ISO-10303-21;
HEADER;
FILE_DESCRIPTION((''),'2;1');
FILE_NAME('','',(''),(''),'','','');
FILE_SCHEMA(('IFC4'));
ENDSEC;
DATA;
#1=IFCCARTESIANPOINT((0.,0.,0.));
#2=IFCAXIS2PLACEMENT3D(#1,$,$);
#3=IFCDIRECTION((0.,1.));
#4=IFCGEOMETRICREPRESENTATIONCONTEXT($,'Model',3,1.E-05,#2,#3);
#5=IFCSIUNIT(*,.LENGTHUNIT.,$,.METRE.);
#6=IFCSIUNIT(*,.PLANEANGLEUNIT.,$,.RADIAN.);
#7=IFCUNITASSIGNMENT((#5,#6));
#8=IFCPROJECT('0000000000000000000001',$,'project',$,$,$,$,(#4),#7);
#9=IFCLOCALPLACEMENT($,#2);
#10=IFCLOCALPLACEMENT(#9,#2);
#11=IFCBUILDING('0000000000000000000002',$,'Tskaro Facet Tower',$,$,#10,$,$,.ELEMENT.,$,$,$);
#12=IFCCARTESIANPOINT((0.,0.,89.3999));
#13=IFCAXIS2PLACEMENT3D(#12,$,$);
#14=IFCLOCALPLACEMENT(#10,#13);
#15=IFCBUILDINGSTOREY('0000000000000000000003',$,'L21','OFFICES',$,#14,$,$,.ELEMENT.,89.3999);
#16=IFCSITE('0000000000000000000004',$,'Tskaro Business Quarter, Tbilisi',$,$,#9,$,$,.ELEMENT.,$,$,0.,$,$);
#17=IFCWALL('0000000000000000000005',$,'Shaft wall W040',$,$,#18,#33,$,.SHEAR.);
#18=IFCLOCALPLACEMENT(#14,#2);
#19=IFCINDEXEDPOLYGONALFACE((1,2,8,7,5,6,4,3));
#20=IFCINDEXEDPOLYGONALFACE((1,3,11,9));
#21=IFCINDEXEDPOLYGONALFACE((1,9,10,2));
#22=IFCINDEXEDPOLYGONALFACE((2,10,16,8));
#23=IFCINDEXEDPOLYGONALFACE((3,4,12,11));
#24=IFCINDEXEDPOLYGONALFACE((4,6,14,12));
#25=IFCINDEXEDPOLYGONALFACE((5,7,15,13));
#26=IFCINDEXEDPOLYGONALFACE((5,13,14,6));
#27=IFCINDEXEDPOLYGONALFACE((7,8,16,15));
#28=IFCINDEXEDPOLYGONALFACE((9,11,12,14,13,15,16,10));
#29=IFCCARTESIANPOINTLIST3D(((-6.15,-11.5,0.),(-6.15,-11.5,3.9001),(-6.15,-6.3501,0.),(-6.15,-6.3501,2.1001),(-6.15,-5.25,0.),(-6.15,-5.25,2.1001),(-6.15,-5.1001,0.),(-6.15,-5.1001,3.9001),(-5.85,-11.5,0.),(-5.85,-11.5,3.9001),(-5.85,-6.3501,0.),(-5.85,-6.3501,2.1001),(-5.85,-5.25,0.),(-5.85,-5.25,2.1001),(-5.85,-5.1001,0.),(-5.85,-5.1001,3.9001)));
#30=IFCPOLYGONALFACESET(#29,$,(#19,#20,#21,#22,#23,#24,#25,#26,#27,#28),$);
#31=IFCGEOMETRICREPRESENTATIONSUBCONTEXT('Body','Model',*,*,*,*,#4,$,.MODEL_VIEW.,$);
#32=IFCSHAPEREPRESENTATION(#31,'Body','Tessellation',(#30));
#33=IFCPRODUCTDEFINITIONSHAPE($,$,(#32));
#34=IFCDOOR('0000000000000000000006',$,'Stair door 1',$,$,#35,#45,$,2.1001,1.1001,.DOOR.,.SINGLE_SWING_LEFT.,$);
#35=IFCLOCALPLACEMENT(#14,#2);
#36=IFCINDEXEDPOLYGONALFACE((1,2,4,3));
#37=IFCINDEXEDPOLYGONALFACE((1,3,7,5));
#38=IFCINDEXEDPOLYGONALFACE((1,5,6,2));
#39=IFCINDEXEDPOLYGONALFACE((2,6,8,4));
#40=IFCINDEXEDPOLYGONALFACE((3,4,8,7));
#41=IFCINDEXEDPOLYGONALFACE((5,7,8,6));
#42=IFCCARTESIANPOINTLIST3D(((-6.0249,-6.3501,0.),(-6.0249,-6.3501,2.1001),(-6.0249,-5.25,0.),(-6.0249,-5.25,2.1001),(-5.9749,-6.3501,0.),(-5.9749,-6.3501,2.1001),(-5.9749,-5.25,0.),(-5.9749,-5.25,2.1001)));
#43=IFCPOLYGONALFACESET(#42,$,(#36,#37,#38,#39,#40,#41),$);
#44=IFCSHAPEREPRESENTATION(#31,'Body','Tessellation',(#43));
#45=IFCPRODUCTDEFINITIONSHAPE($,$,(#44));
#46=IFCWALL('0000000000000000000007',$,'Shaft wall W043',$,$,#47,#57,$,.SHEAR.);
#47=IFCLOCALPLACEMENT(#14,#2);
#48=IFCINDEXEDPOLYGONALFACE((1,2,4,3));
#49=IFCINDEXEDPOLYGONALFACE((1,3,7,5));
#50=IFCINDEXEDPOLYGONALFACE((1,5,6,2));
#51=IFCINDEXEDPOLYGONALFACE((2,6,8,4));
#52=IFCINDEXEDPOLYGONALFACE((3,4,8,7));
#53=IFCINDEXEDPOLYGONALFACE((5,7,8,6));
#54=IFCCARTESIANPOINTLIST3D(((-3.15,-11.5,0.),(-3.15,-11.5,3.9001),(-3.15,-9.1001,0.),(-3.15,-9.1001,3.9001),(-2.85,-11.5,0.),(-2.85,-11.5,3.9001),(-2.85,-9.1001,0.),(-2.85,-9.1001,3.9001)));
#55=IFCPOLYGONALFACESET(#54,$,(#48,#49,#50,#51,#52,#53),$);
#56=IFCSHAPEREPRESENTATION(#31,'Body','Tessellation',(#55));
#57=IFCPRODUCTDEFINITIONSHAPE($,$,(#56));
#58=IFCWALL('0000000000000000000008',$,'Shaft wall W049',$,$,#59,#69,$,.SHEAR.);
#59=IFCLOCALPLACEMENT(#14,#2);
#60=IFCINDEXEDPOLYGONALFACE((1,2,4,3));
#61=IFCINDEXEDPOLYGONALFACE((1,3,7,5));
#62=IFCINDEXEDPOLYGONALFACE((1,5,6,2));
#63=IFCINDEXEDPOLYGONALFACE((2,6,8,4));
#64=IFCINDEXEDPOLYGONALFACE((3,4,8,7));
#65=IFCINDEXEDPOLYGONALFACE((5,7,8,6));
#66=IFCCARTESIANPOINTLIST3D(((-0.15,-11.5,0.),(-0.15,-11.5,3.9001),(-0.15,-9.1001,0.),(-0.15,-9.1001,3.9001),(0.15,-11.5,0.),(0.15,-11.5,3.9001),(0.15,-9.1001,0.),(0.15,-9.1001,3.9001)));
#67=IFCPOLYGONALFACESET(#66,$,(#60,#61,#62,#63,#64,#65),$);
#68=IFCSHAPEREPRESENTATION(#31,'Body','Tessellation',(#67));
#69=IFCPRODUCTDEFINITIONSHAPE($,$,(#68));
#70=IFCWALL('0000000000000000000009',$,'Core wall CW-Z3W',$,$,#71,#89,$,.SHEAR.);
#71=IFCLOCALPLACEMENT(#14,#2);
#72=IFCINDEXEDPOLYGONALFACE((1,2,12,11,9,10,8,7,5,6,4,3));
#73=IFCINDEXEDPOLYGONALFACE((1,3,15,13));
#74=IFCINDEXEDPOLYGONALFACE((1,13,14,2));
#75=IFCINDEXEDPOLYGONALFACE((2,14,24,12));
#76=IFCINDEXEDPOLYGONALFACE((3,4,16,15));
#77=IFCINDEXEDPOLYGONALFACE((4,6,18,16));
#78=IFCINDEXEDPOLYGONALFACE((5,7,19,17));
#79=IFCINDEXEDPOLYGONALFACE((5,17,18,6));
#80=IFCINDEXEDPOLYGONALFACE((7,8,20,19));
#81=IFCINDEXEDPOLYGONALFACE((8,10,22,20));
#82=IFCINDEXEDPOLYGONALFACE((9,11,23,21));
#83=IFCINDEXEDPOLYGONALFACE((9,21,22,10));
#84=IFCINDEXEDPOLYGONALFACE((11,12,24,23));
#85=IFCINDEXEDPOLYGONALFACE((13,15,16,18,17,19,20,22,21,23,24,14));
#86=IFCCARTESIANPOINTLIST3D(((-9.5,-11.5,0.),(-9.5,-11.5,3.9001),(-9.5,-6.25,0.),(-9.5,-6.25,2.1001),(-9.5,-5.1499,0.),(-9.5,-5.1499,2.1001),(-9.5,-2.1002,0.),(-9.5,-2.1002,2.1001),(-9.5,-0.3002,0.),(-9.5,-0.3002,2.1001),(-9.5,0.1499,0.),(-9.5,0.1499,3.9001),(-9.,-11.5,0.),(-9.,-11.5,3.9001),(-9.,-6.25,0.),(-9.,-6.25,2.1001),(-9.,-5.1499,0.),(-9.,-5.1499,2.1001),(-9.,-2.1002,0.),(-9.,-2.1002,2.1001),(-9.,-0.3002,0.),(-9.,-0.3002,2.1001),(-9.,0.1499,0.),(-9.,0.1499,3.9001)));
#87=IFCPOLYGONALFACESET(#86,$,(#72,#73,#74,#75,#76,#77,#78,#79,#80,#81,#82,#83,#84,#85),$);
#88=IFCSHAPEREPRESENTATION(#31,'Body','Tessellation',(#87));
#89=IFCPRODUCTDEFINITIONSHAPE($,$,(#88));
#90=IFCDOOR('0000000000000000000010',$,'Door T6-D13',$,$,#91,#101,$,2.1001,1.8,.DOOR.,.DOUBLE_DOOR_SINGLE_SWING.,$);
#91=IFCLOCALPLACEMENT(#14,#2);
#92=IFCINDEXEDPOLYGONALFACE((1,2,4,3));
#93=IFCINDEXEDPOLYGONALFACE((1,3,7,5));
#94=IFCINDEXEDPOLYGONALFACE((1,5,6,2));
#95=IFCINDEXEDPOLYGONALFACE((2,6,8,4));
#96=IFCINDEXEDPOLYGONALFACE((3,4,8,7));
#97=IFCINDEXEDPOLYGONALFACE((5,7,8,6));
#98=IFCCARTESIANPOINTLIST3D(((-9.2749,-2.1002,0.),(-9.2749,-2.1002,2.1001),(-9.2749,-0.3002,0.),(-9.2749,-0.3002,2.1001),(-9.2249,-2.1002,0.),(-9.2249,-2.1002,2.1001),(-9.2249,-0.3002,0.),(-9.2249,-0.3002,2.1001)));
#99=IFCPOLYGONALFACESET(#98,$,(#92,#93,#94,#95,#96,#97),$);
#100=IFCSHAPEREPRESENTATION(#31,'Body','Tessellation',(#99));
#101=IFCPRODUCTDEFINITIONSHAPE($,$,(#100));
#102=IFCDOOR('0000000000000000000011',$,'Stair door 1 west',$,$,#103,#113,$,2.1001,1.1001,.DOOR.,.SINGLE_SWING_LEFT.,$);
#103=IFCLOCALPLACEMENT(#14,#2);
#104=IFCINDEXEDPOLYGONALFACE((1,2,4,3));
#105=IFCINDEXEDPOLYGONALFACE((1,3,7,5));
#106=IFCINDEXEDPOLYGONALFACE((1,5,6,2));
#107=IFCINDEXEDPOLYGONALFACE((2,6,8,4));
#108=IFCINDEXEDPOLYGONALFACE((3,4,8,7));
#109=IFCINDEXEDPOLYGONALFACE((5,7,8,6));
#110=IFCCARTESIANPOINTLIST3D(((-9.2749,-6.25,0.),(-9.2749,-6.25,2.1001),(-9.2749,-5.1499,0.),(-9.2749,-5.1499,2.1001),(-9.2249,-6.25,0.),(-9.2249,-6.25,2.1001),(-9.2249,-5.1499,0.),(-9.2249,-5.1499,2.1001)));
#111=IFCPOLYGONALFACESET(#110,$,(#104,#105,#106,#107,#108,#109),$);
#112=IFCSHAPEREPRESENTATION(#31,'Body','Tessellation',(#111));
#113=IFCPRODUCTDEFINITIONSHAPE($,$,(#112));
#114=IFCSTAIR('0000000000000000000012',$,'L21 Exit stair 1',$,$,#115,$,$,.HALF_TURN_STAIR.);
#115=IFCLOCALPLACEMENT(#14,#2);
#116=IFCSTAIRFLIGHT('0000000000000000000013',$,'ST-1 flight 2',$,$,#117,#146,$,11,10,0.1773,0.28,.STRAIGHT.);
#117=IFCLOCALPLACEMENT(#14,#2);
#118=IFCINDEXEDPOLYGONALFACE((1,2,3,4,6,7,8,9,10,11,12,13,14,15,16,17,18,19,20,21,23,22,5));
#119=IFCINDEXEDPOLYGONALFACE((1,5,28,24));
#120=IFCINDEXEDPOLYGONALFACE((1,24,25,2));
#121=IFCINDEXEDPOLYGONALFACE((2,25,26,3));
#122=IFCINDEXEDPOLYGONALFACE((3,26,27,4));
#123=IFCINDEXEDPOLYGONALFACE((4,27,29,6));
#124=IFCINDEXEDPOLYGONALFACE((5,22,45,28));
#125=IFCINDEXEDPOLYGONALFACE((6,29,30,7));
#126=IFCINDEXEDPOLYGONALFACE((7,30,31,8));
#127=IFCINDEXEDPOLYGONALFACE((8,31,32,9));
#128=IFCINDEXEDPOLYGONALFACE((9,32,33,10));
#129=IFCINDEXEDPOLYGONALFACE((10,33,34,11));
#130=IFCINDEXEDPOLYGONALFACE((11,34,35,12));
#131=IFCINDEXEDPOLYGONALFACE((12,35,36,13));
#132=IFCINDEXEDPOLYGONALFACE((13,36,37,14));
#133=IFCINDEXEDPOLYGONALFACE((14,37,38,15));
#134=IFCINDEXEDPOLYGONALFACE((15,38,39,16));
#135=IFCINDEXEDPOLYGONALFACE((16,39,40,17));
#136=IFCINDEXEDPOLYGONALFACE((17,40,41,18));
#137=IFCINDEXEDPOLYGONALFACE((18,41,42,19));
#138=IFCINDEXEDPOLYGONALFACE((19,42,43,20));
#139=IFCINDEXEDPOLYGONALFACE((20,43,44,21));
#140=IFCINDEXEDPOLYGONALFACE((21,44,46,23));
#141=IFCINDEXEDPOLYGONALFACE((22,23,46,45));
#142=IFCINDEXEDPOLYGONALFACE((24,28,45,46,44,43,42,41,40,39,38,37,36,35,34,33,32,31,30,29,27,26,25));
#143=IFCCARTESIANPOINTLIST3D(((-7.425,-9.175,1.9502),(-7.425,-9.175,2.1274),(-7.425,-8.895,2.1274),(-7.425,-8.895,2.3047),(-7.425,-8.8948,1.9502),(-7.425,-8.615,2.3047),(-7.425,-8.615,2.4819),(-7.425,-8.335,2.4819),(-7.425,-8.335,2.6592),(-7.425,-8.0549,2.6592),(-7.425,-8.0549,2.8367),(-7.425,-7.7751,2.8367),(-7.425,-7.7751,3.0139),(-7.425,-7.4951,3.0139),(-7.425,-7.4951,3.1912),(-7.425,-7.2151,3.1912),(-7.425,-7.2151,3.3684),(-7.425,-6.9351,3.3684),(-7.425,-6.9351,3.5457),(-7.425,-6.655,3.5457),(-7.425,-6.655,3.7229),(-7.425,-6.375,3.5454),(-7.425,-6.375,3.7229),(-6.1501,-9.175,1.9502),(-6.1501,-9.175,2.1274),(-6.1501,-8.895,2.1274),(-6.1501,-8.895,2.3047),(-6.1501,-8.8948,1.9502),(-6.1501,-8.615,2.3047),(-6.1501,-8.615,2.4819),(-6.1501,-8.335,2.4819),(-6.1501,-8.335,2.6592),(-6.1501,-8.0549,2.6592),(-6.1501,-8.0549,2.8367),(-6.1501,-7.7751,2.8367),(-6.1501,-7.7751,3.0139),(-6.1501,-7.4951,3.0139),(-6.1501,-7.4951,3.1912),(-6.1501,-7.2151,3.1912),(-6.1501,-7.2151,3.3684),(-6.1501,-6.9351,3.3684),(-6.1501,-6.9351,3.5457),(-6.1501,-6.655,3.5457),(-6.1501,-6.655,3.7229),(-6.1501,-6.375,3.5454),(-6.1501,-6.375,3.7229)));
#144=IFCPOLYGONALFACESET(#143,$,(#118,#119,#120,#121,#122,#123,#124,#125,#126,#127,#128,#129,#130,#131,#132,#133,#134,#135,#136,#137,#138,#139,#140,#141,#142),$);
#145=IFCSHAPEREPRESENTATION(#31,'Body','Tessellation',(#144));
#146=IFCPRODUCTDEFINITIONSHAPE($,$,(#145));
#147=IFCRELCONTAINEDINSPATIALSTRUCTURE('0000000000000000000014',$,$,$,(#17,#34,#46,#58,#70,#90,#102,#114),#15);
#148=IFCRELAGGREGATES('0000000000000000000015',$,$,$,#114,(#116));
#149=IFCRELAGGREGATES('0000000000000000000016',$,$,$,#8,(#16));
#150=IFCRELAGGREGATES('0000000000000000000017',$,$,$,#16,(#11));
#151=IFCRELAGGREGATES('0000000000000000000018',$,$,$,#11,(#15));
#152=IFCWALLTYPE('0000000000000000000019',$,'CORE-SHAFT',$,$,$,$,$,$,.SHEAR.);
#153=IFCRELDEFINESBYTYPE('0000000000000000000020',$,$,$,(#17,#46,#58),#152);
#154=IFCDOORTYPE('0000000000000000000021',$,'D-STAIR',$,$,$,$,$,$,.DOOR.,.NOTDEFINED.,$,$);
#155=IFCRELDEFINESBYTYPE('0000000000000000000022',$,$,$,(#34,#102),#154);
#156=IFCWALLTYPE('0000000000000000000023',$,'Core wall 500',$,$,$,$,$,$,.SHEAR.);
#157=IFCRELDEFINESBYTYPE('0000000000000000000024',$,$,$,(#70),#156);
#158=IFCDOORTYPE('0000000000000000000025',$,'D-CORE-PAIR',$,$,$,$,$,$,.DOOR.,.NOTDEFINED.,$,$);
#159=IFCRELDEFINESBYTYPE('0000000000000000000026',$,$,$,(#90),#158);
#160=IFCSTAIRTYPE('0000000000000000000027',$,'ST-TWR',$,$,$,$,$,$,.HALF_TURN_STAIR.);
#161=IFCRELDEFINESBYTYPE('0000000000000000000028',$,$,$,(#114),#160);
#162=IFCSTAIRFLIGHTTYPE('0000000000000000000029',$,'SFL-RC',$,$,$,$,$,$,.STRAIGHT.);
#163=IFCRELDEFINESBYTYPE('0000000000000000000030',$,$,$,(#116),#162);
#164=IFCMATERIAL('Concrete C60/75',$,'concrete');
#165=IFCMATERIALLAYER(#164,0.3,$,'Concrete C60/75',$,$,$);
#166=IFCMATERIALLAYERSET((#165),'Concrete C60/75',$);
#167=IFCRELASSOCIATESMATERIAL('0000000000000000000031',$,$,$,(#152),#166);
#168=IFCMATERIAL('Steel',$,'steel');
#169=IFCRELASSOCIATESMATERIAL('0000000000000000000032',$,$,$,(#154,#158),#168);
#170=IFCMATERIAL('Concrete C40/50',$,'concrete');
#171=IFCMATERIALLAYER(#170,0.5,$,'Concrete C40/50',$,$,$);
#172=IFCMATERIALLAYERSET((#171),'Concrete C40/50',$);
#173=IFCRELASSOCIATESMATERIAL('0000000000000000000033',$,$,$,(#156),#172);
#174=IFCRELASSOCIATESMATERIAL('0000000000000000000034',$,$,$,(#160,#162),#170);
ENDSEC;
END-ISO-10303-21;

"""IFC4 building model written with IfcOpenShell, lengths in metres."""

from ifc_helpers import new_model, si_unit, direction, frame, frame_2d, origin, place, context, subcontext, project, spatial, polyline, rectangle, outline, extrude, material, layer, layer_set, type_object, element, fill, aggregate, save


model = new_model("IFC4")

# Units and contexts
model_context = context("Model", 3, precision=1e-05, world=origin(), true_north=direction((0.0, 1.0)))
body_context = subcontext(model_context, "Body", "Model", "MODEL_VIEW")
ifc_project = project(units=[si_unit("LENGTHUNIT", "METRE"), si_unit("PLANEANGLEUNIT", "RADIAN")], contexts=[model_context])

# Site, building, storey
site_placement = place(None, origin())
site = spatial("IfcSite", under=ifc_project, at=site_placement, Name="Tskaro Business Quarter, Tbilisi", CompositionType="ELEMENT", RefElevation=0.0)
building_placement = place(site_placement, origin())
building = spatial("IfcBuilding", under=site, at=building_placement, Name="Tskaro Facet Tower", CompositionType="ELEMENT")
storey_placement = place(building_placement, frame((0.0, 0.0, 89.3999)))
storey = spatial("IfcBuildingStorey", under=building, at=storey_placement, Name="L21", Description="OFFICES", CompositionType="ELEMENT", Elevation=89.3999)

# Shared definitions
ifc_material_1 = material(Name="Concrete C60/75", Category="concrete")
ifc_layer_1 = layer(ifc_material_1, 0.3, Name="Concrete C60/75")
ifc_layer_set_1 = layer_set([ifc_layer_1], Name="Concrete C60/75")
wall_type_1 = type_object("IfcWallType", Name="CORE-SHAFT", PredefinedType="SHEAR", material=ifc_layer_set_1)

# Wall, opening, door
wall_1_placement = place(storey_placement, frame((-6.0, -11.5, 0.0), z_axis=(0.0, 0.0, 1.0), x_axis=(0.0, 1.0, 0.0)))
wall_1 = element("IfcWall", 1, at=wall_1_placement, inside=storey, type_object=wall_type_1, Name="Shaft wall W040", PredefinedType="SHEAR", context=body_context, shape_type="SweptSolid", body=[
    extrude(rectangle(XDim=6.3999, YDim=0.3, at=frame_2d((3.2, 0.0))), origin(), (0.0, 0.0, 1.0), 3.9001),
])
opening_1_placement = place(wall_1_placement, frame((5.1499, 0.0, 0.0)))
opening_1 = element("IfcOpeningElement", 2, at=opening_1_placement, cuts=wall_1, PredefinedType="OPENING", context=body_context, shape_type="SweptSolid", body=[
    extrude(rectangle(XDim=1.1001, YDim=2.1001, at=frame_2d((0.55, 1.05))), frame((0.0, 0.1599, 0.0), z_axis=(0.0, -1.0, 0.0), x_axis=(1.0, 0.0, 0.0)), (0.0, 0.0, 1.0), 0.3201),
])
ifc_material_2 = material(Name="Steel", Category="steel")
door_type_1 = type_object("IfcDoorType", Name="D-STAIR", OperationType="NOTDEFINED", PredefinedType="DOOR", material=ifc_material_2)
door_1_placement = place(opening_1_placement, origin())
door_1 = element("IfcDoor", 3, at=door_1_placement, inside=storey, type_object=door_type_1, Name="Stair door 1", OperationType="SINGLE_SWING_LEFT", OverallHeight=2.1001, OverallWidth=1.1001, PredefinedType="DOOR", context=body_context, shape_type="SweptSolid", body=[
    extrude(rectangle(XDim=1.1001, YDim=2.1001, at=frame_2d((0.55, 1.05))), frame((0.0, 0.0249, 0.0), z_axis=(0.0, -1.0, 0.0), x_axis=(1.0, 0.0, 0.0)), (0.0, 0.0, 1.0), 0.05),
])
fill(opening_1, door_1)

# Walls
for number, where, z_axis, x_axis, name in (
    (4, (-3.0, -11.5, 0.0), (0.0, 0.0, 1.0), (0.0, 1.0, 0.0), "Shaft wall W043"),
    (5, (0.0, -11.5, 0.0), (0.0, 0.0, 1.0), (0.0, 1.0, 0.0), "Shaft wall W049"),
):
    element("IfcWall", number, at=place(storey_placement, frame(where, z_axis=z_axis, x_axis=x_axis)), inside=storey, type_object=wall_type_1, Name=name, PredefinedType="SHEAR", context=body_context, shape_type="SweptSolid", body=[
        extrude(rectangle(XDim=2.3999, YDim=0.3, at=frame_2d((1.2, 0.0))), origin(), (0.0, 0.0, 1.0), 3.9001),
    ])

# Wall, openings, doors
ifc_material_3 = material(Name="Concrete C40/50", Category="concrete")
ifc_layer_2 = layer(ifc_material_3, 0.5, Name="Concrete C40/50")
ifc_layer_set_2 = layer_set([ifc_layer_2], Name="Concrete C40/50")
wall_type_2 = type_object("IfcWallType", Name="Core wall 500", PredefinedType="SHEAR", material=ifc_layer_set_2)
wall_2_placement = place(storey_placement, frame((-9.25, -11.5, 0.0), z_axis=(0.0, 0.0, 1.0), x_axis=(0.0, 1.0, 0.0)))
wall_2 = element("IfcWall", 6, at=wall_2_placement, inside=storey, type_object=wall_type_2, Name="Core wall CW-Z3W", PredefinedType="SHEAR", context=body_context, shape_type="SweptSolid", body=[
    extrude(rectangle(XDim=11.6499, YDim=0.5, at=frame_2d((5.825, 0.0))), origin(), (0.0, 0.0, 1.0), 3.9001),
])
opening_2_placement = place(wall_2_placement, frame((9.3999, 0.0, 0.0)))
opening_2 = element("IfcOpeningElement", 7, at=opening_2_placement, cuts=wall_2, PredefinedType="OPENING", context=body_context, shape_type="SweptSolid", body=[
    extrude(rectangle(XDim=1.8, YDim=2.1001, at=frame_2d((0.8999, 1.05))), frame((0.0, 0.26, 0.0), z_axis=(0.0, -1.0, 0.0), x_axis=(1.0, 0.0, 0.0)), (0.0, 0.0, 1.0), 0.52),
])
opening_3_placement = place(wall_2_placement, frame((5.25, 0.0, 0.0)))
opening_3 = element("IfcOpeningElement", 8, at=opening_3_placement, cuts=wall_2, PredefinedType="OPENING", context=body_context, shape_type="SweptSolid", body=[
    extrude(rectangle(XDim=1.1001, YDim=2.1001, at=frame_2d((0.55, 1.05))), frame((0.0, 0.26, 0.0), z_axis=(0.0, -1.0, 0.0), x_axis=(1.0, 0.0, 0.0)), (0.0, 0.0, 1.0), 0.52),
])
door_type_2 = type_object("IfcDoorType", Name="D-CORE-PAIR", OperationType="NOTDEFINED", PredefinedType="DOOR", material=ifc_material_2)
door_2_placement = place(opening_2_placement, origin())
door_2 = element("IfcDoor", 9, at=door_2_placement, inside=storey, type_object=door_type_2, Name="Door T6-D13", OperationType="DOUBLE_DOOR_SINGLE_SWING", OverallHeight=2.1001, OverallWidth=1.8, PredefinedType="DOOR", context=body_context, shape_type="SweptSolid", body=[
    extrude(rectangle(XDim=1.8, YDim=2.1001, at=frame_2d((0.8999, 1.05))), frame((0.0, 0.0249, 0.0), z_axis=(0.0, -1.0, 0.0), x_axis=(1.0, 0.0, 0.0)), (0.0, 0.0, 1.0), 0.05),
])
fill(opening_2, door_2)
door_3_placement = place(opening_3_placement, origin())
door_3 = element("IfcDoor", 10, at=door_3_placement, inside=storey, type_object=door_type_1, Name="Stair door 1 west", OperationType="SINGLE_SWING_LEFT", OverallHeight=2.1001, OverallWidth=1.1001, PredefinedType="DOOR", context=body_context, shape_type="SweptSolid", body=[
    extrude(rectangle(XDim=1.1001, YDim=2.1001, at=frame_2d((0.55, 1.05))), frame((0.0, 0.0249, 0.0), z_axis=(0.0, -1.0, 0.0), x_axis=(1.0, 0.0, 0.0)), (0.0, 0.0, 1.0), 0.05),
])
fill(opening_3, door_3)

# Stair, stair flight
stair_type = type_object("IfcStairType", Name="ST-TWR", PredefinedType="HALF_TURN_STAIR", material=ifc_material_3)
stair_placement = place(storey_placement, origin())
stair = element("IfcStair", 11, at=stair_placement, inside=storey, type_object=stair_type, Name="L21 Exit stair 1", PredefinedType="HALF_TURN_STAIR")
stair_flight_type = type_object("IfcStairFlightType", Name="SFL-RC", PredefinedType="STRAIGHT", material=ifc_material_3)
stair_flight_placement = place(storey_placement, frame((-6.7876, -9.175, 1.9502), z_axis=(0.0, 0.0, 1.0), x_axis=(0.0, 1.0, 0.0)))
stair_flight = element("IfcStairFlight", 12, at=stair_flight_placement, type_object=stair_flight_type, Name="ST-1 flight 2", NumberOfRisers=11, NumberOfTreads=10, PredefinedType="STRAIGHT", RiserHeight=0.1773, TreadLength=0.28, context=body_context, shape_type="SweptSolid", body=[
    extrude(outline(polyline([(0.0, 0.0), (0.0, 0.1772), (0.28, 0.1772), (0.28, 0.3545), (0.5601, 0.3545), (0.5601, 0.5317), (0.8401, 0.5317), (0.8401, 0.709), (1.1201, 0.709), (1.1201, 0.8865), (1.3999, 0.8865), (1.3999, 1.0637), (1.6799, 1.0637), (1.6799, 1.241), (1.96, 1.241), (1.96, 1.4182), (2.24, 1.4182), (2.24, 1.5955), (2.52, 1.5955), (2.52, 1.7727), (2.8, 1.7727), (2.8, 1.95), (2.8, 1.5952), (0.2803, 0.0), (0.0, 0.0)])), frame((0.0, 0.6375, 0.0), z_axis=(0.0, -1.0, 0.0), x_axis=(1.0, 0.0, 0.0)), (0.0, 0.0, 1.0), 1.2749),
])
aggregate(stair, [stair_flight])

save(model, "model.ifc")
